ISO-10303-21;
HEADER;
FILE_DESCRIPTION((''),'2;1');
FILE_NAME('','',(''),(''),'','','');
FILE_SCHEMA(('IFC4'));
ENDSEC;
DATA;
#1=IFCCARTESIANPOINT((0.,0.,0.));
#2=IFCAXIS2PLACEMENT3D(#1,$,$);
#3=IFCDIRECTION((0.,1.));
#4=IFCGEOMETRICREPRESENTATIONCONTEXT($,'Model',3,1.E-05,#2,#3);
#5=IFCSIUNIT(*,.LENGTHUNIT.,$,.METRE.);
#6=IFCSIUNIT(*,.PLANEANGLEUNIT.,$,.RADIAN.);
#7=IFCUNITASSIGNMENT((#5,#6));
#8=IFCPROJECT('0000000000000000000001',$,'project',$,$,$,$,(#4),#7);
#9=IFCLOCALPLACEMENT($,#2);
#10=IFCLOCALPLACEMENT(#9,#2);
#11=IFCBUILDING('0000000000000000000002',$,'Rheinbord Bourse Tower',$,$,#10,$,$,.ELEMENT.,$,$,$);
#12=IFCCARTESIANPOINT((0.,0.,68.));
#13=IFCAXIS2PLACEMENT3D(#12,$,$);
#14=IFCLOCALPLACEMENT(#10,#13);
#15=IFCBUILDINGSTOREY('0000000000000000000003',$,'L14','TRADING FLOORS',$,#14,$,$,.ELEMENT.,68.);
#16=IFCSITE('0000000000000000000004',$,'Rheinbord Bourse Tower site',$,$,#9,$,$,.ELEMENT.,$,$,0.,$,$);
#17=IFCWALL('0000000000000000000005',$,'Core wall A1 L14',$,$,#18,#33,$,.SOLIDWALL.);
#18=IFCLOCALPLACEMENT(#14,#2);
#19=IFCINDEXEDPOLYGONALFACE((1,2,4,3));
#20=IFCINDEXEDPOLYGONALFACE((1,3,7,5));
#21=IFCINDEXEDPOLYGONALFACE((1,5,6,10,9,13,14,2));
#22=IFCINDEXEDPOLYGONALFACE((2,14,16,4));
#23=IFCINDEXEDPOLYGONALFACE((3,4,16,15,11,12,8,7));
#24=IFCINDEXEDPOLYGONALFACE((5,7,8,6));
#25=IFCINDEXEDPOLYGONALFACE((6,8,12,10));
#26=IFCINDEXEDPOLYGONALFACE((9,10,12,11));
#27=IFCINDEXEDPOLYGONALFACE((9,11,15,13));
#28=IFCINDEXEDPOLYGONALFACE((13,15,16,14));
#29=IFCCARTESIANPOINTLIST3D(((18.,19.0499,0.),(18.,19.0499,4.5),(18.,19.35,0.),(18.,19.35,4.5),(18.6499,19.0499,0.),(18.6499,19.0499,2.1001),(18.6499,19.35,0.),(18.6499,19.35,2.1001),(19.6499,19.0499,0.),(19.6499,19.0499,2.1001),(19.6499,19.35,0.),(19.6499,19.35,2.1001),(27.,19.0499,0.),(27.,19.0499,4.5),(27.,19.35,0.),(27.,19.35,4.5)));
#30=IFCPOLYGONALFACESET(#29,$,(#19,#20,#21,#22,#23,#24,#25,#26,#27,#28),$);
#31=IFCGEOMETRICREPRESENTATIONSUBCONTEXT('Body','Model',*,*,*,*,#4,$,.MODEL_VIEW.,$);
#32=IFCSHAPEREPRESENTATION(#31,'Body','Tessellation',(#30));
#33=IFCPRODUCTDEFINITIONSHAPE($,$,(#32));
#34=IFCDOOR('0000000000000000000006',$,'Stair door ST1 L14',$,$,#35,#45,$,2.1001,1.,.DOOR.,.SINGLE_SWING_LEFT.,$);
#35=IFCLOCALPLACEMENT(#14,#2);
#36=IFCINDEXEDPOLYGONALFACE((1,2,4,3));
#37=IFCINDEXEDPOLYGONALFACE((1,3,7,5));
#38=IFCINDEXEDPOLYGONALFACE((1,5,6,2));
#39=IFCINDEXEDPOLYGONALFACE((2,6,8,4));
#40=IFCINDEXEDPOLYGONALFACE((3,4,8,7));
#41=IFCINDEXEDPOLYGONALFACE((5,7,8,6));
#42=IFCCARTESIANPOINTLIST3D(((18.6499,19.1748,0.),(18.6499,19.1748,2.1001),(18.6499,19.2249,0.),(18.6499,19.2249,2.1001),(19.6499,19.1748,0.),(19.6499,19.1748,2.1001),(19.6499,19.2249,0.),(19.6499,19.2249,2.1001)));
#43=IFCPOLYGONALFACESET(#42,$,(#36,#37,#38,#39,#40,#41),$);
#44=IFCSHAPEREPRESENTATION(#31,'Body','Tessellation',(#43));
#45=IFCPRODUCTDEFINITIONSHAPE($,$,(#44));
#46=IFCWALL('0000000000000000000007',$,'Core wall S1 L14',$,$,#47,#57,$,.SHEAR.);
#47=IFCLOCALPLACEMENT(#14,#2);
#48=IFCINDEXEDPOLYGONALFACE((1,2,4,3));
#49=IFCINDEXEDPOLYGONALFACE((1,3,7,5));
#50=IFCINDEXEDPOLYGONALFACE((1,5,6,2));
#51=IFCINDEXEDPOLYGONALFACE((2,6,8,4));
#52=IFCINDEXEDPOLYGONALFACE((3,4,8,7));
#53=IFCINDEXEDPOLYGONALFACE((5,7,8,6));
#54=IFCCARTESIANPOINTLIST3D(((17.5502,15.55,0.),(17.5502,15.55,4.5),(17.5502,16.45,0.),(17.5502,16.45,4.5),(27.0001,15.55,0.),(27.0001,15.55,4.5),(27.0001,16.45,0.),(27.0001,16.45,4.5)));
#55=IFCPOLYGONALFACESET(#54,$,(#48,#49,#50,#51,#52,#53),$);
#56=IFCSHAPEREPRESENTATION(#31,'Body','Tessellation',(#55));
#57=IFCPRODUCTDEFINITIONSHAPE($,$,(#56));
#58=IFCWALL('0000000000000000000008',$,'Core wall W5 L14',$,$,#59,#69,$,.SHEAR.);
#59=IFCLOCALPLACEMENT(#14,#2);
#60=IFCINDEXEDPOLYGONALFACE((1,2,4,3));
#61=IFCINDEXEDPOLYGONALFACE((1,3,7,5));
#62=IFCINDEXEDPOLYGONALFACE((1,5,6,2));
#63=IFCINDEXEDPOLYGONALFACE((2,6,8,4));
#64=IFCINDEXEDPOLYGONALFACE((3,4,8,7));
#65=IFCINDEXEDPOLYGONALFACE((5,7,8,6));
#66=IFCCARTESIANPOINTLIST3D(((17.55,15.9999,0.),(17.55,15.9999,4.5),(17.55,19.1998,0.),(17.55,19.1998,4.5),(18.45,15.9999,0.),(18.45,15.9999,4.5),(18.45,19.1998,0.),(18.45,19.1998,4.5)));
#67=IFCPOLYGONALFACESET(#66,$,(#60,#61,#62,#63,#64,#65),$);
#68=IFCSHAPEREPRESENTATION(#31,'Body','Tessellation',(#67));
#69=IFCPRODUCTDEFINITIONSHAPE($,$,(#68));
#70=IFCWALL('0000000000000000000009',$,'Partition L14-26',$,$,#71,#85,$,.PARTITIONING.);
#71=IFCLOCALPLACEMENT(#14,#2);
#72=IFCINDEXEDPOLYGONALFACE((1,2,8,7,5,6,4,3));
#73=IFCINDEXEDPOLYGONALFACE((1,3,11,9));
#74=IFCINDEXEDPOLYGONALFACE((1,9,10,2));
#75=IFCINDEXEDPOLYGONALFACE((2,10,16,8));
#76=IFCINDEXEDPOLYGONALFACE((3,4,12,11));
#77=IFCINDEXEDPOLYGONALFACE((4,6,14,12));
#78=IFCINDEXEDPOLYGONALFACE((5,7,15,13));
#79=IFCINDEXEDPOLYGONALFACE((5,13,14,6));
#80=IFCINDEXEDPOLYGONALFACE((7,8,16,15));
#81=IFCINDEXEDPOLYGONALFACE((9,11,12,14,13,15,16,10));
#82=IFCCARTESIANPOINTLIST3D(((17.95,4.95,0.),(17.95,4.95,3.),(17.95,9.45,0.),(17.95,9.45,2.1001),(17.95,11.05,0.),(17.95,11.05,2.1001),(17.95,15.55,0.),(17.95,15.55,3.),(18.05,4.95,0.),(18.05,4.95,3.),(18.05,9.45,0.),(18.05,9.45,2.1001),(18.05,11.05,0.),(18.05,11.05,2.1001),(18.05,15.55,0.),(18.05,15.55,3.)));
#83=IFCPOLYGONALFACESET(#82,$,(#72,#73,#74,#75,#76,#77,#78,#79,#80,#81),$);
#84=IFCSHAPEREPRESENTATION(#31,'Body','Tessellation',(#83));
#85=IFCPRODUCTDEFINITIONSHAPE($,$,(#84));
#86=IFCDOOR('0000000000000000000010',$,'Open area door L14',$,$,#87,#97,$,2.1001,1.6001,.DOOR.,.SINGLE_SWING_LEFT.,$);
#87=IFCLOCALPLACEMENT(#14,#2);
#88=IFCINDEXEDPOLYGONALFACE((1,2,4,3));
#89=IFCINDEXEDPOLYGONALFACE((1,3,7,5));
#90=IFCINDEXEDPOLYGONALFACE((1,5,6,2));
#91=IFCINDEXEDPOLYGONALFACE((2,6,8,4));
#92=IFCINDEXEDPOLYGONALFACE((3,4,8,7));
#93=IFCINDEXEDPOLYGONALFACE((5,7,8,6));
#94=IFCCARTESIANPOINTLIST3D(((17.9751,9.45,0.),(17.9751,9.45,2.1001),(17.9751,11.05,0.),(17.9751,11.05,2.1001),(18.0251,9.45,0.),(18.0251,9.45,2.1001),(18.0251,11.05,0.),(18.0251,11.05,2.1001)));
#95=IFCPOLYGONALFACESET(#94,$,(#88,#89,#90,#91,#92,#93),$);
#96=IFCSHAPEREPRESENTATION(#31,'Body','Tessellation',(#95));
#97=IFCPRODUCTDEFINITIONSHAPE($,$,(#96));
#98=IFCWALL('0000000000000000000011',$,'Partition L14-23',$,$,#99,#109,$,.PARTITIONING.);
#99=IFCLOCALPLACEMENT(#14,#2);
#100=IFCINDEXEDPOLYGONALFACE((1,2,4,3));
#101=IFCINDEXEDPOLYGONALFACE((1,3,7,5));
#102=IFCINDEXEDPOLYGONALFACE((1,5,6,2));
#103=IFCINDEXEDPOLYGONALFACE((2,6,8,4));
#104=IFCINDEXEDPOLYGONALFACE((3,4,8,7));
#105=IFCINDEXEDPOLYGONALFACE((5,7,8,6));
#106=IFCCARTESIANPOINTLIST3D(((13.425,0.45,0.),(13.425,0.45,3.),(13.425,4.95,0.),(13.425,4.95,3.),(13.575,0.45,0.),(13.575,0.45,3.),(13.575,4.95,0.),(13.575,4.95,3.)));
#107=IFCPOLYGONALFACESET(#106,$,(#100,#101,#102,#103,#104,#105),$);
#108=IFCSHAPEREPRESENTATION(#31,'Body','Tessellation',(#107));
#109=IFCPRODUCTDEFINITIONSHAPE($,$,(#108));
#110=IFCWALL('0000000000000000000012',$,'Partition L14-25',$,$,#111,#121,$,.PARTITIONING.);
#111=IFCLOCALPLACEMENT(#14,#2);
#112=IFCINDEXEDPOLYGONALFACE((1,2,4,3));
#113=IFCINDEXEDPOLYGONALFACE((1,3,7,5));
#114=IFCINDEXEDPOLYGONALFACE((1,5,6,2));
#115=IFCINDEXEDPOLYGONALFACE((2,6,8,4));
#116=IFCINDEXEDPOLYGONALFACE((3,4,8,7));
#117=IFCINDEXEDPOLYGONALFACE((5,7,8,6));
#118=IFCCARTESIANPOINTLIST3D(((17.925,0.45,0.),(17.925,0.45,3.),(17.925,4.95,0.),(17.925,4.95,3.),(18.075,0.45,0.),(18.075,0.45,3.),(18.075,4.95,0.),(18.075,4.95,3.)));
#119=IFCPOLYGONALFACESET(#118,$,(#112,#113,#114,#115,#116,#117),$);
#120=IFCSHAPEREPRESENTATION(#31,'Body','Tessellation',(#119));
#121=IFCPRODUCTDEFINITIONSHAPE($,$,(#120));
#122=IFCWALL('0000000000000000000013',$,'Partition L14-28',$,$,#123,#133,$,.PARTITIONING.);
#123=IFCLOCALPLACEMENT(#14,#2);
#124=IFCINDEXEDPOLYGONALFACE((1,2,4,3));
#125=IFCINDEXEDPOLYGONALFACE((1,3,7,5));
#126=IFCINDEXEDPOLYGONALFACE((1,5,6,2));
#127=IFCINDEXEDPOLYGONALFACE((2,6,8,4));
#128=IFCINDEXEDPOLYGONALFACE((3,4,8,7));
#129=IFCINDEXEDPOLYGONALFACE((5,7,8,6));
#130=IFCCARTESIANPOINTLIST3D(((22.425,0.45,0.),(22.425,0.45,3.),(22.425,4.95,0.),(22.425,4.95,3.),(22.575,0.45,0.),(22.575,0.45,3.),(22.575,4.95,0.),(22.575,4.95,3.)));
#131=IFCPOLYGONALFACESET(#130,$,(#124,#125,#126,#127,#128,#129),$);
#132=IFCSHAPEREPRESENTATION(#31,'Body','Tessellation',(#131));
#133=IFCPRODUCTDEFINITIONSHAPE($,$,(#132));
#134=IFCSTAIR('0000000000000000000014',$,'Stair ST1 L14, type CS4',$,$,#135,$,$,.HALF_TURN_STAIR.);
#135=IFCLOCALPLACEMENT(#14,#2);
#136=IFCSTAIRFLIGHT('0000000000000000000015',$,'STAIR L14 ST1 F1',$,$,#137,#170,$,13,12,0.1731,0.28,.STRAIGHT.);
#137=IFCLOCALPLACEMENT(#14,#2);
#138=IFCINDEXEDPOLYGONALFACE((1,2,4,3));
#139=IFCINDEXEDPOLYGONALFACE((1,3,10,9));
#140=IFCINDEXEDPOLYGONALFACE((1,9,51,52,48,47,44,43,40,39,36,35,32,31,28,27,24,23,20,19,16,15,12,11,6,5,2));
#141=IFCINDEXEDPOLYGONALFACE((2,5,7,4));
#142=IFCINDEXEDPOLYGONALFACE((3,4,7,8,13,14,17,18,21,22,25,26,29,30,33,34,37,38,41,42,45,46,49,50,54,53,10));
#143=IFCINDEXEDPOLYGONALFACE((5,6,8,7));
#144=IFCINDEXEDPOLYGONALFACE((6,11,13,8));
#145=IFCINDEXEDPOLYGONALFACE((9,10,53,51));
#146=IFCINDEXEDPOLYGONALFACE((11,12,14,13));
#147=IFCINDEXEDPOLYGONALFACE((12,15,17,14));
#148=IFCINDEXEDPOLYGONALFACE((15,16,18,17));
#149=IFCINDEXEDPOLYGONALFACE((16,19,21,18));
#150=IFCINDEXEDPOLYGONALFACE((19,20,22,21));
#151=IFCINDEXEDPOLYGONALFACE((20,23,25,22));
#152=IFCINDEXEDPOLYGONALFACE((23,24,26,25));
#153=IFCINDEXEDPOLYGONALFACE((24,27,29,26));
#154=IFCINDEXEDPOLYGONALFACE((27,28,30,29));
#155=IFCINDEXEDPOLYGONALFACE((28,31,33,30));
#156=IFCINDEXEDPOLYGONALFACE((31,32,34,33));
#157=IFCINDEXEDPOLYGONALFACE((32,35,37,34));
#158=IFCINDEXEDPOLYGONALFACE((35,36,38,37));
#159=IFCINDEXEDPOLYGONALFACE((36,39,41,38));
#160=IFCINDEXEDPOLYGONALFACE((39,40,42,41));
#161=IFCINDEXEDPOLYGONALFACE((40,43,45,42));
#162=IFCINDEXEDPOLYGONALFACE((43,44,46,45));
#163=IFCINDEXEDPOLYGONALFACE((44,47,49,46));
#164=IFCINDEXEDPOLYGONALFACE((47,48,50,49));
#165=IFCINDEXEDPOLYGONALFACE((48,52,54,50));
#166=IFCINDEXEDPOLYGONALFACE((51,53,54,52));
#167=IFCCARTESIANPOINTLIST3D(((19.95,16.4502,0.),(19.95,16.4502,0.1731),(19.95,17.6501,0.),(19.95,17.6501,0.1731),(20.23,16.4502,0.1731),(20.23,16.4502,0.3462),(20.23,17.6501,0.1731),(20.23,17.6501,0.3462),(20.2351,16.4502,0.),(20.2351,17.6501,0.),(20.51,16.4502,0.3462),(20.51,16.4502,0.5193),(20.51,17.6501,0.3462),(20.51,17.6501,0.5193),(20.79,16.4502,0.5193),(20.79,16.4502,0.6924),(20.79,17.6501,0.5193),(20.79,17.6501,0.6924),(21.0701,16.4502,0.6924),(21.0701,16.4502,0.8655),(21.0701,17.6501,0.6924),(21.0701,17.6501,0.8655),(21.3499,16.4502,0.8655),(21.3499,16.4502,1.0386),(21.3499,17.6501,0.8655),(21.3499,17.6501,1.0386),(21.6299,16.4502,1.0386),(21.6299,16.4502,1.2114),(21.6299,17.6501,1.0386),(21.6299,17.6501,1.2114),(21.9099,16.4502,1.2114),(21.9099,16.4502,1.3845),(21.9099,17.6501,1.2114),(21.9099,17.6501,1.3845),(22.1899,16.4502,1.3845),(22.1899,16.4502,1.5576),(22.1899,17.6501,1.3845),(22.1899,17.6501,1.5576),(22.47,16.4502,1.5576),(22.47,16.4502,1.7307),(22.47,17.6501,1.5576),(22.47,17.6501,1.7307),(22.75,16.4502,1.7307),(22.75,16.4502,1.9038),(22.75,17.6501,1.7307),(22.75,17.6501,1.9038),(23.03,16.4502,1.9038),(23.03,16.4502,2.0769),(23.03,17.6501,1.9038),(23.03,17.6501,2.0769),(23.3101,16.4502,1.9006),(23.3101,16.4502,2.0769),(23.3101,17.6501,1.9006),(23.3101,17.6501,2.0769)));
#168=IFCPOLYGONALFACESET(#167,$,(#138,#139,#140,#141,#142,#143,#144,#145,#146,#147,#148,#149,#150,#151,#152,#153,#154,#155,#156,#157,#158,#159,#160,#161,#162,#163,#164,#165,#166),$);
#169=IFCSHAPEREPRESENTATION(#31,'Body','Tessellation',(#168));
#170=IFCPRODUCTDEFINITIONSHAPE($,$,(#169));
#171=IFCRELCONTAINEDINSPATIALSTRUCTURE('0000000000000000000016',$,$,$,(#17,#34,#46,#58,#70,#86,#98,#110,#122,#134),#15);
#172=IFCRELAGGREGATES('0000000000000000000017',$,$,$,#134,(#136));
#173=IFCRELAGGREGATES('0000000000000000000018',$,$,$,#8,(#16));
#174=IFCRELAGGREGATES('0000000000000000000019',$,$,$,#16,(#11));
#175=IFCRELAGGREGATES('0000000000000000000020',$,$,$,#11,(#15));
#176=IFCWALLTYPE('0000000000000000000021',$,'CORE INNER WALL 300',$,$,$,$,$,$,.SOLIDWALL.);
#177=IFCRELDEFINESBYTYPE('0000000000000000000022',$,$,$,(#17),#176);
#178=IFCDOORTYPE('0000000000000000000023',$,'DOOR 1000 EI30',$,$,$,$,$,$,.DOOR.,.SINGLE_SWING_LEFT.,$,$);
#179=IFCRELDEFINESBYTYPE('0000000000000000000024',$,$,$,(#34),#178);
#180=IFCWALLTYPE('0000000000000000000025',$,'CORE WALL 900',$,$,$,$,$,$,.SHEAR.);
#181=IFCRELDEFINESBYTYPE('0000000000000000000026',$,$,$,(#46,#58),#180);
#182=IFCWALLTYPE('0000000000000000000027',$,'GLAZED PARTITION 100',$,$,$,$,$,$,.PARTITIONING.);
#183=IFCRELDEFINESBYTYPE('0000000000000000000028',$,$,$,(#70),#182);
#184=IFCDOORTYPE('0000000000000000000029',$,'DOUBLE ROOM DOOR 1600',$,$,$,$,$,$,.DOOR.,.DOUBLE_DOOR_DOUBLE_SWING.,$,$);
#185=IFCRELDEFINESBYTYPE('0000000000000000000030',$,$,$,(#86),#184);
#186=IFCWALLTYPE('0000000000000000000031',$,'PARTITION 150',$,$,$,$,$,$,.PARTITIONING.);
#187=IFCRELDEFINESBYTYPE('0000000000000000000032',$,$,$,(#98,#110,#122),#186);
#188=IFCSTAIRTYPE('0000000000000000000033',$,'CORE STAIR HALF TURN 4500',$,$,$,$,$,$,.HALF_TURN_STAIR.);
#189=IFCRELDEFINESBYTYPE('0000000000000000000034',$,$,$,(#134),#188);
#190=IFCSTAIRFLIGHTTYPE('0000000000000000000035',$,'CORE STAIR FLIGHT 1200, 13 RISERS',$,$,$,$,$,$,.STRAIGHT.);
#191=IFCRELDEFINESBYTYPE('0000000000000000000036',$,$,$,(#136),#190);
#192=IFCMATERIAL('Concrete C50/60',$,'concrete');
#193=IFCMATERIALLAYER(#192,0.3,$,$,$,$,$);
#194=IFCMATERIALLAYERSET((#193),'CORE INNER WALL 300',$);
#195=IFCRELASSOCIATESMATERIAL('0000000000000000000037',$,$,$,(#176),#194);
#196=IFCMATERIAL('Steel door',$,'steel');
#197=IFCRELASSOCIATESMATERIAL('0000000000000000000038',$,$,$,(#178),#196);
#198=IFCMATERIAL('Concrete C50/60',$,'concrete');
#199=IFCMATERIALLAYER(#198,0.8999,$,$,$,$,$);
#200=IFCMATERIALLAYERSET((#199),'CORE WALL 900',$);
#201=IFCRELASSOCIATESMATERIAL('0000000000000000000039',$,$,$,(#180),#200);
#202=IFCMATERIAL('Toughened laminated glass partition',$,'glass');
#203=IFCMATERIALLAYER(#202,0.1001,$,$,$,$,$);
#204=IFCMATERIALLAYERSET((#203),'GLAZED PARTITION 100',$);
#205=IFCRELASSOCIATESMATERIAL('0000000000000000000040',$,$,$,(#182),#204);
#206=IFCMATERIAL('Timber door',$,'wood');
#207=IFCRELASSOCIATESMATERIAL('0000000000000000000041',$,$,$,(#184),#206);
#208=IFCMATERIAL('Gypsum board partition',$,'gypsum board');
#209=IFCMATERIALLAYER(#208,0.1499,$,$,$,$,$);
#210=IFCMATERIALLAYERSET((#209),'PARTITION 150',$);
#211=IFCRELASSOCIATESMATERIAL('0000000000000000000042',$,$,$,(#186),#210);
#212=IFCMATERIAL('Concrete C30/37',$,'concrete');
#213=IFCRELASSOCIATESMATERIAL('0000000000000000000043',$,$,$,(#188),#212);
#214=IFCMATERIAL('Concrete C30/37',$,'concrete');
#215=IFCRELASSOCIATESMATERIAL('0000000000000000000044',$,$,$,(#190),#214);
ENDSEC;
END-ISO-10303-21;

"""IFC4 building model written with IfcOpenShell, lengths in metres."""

from ifc_helpers import new_model, si_unit, direction, frame, frame_2d, origin, place, context, subcontext, project, spatial, polyline, rectangle, outline, extrude, material, layer, layer_set, type_object, element, fill, aggregate, save


model = new_model("IFC4")

# Units and contexts
model_context = context("Model", 3, precision=1e-05, world=origin(), true_north=direction((0.0, 1.0)))
body_context = subcontext(model_context, "Body", "Model", "MODEL_VIEW")
ifc_project = project(units=[si_unit("LENGTHUNIT", "METRE"), si_unit("PLANEANGLEUNIT", "RADIAN")], contexts=[model_context])

# Site, building, storey
site_placement = place(None, origin())
site = spatial("IfcSite", under=ifc_project, at=site_placement, Name="Rheinbord Bourse Tower site", CompositionType="ELEMENT", RefElevation=0.0)
building_placement = place(site_placement, origin())
building = spatial("IfcBuilding", under=site, at=building_placement, Name="Rheinbord Bourse Tower", CompositionType="ELEMENT")
storey_placement = place(building_placement, frame((0.0, 0.0, 68.0)))
storey = spatial("IfcBuildingStorey", under=building, at=storey_placement, Name="L14", Description="TRADING FLOORS", CompositionType="ELEMENT", Elevation=68.0)

# Wall, opening, door
ifc_material_1 = material(Name="Concrete C50/60", Category="concrete")
ifc_layer_1 = layer(ifc_material_1, 0.3)
ifc_layer_set_1 = layer_set([ifc_layer_1], Name="CORE INNER WALL 300")
wall_type_1 = type_object("IfcWallType", Name="CORE INNER WALL 300", PredefinedType="SOLIDWALL", material=ifc_layer_set_1)
wall_1_placement = place(storey_placement, frame((18.0, 19.2, 0.0), z_axis=(0.0, 0.0, 1.0), x_axis=(1.0, 0.0, 0.0)))
wall_1 = element("IfcWall", 1, at=wall_1_placement, inside=storey, type_object=wall_type_1, Name="Core wall A1 L14", PredefinedType="SOLIDWALL", context=body_context, shape_type="SweptSolid", body=[
    extrude(rectangle(XDim=9.0, YDim=0.3, at=frame_2d((4.5, 0.0))), origin(), (0.0, 0.0, 1.0), 4.5),
])
opening_1_placement = place(wall_1_placement, frame((0.6499, 0.0, 0.0)))
opening_1 = element("IfcOpeningElement", 2, at=opening_1_placement, cuts=wall_1, PredefinedType="OPENING", context=body_context, shape_type="SweptSolid", body=[
    extrude(rectangle(XDim=1.0, YDim=2.1001, at=frame_2d((0.5, 1.05))), frame((0.0, 0.1599, 0.0), z_axis=(0.0, -1.0, 0.0), x_axis=(1.0, 0.0, 0.0)), (0.0, 0.0, 1.0), 0.3201),
])
ifc_material_2 = material(Name="Steel door", Category="steel")
door_type_1 = type_object("IfcDoorType", Name="DOOR 1000 EI30", OperationType="SINGLE_SWING_LEFT", PredefinedType="DOOR", material=ifc_material_2)
door_1_placement = place(opening_1_placement, origin())
door_1 = element("IfcDoor", 3, at=door_1_placement, inside=storey, type_object=door_type_1, Name="Stair door ST1 L14", OperationType="SINGLE_SWING_LEFT", OverallHeight=2.1001, OverallWidth=1.0, PredefinedType="DOOR", context=body_context, shape_type="SweptSolid", body=[
    extrude(rectangle(XDim=1.0, YDim=2.1001, at=frame_2d((0.5, 1.05))), frame((0.0, 0.0249, 0.0), z_axis=(0.0, -1.0, 0.0), x_axis=(1.0, 0.0, 0.0)), (0.0, 0.0, 1.0), 0.05),
])
fill(opening_1, door_1)

# Walls
ifc_material_3 = material(Name="Concrete C50/60", Category="concrete")
ifc_layer_2 = layer(ifc_material_3, 0.8999)
ifc_layer_set_2 = layer_set([ifc_layer_2], Name="CORE WALL 900")
wall_type_2 = type_object("IfcWallType", Name="CORE WALL 900", PredefinedType="SHEAR", material=ifc_layer_set_2)
wall_2_placement = place(storey_placement, frame((17.55, 16.0, 0.0), z_axis=(0.0, 0.0, 1.0), x_axis=(1.0, 0.0, 0.0)))
element("IfcWall", 4, at=wall_2_placement, inside=storey, type_object=wall_type_2, Name="Core wall S1 L14", PredefinedType="SHEAR", context=body_context, shape_type="SweptSolid", body=[
    extrude(rectangle(XDim=9.45, YDim=0.8999, at=frame_2d((4.7251, 0.0))), origin(), (0.0, 0.0, 1.0), 4.5),
])
wall_3_placement = place(storey_placement, frame((18.0, 19.2, 0.0), z_axis=(0.0, 0.0, 1.0), x_axis=(0.0, -1.0, 0.0)))
element("IfcWall", 5, at=wall_3_placement, inside=storey, type_object=wall_type_2, Name="Core wall W5 L14", PredefinedType="SHEAR", context=body_context, shape_type="SweptSolid", body=[
    extrude(rectangle(XDim=3.2, YDim=0.8999, at=frame_2d((1.6001, 0.0))), origin(), (0.0, 0.0, 1.0), 4.5),
])

# Wall, opening, door
ifc_material_4 = material(Name="Toughened laminated glass partition", Category="glass")
ifc_layer_3 = layer(ifc_material_4, 0.1001)
ifc_layer_set_3 = layer_set([ifc_layer_3], Name="GLAZED PARTITION 100")
wall_type_3 = type_object("IfcWallType", Name="GLAZED PARTITION 100", PredefinedType="PARTITIONING", material=ifc_layer_set_3)
wall_4_placement = place(storey_placement, frame((18.0, 4.95, 0.0), z_axis=(0.0, 0.0, 1.0), x_axis=(0.0, 1.0, 0.0)))
wall_4 = element("IfcWall", 6, at=wall_4_placement, inside=storey, type_object=wall_type_3, Name="Partition L14-26", PredefinedType="PARTITIONING", context=body_context, shape_type="SweptSolid", body=[
    extrude(rectangle(XDim=10.6001, YDim=0.1001, at=frame_2d((5.3, 0.0))), origin(), (0.0, 0.0, 1.0), 3.0),
])
opening_2_placement = place(wall_4_placement, frame((4.5, 0.0, 0.0)))
opening_2 = element("IfcOpeningElement", 7, at=opening_2_placement, cuts=wall_4, PredefinedType="OPENING", context=body_context, shape_type="SweptSolid", body=[
    extrude(rectangle(XDim=1.6001, YDim=2.1001, at=frame_2d((0.8, 1.05))), frame((0.0, 0.0601, 0.0), z_axis=(0.0, -1.0, 0.0), x_axis=(1.0, 0.0, 0.0)), (0.0, 0.0, 1.0), 0.1201),
])
ifc_material_5 = material(Name="Timber door", Category="wood")
door_type_2 = type_object("IfcDoorType", Name="DOUBLE ROOM DOOR 1600", OperationType="DOUBLE_DOOR_DOUBLE_SWING", PredefinedType="DOOR", material=ifc_material_5)
door_2_placement = place(opening_2_placement, origin())
door_2 = element("IfcDoor", 8, at=door_2_placement, inside=storey, type_object=door_type_2, Name="Open area door L14", OperationType="SINGLE_SWING_LEFT", OverallHeight=2.1001, OverallWidth=1.6001, PredefinedType="DOOR", context=body_context, shape_type="SweptSolid", body=[
    extrude(rectangle(XDim=1.6001, YDim=2.1001, at=frame_2d((0.8, 1.05))), frame((0.0, 0.0249, 0.0), z_axis=(0.0, -1.0, 0.0), x_axis=(1.0, 0.0, 0.0)), (0.0, 0.0, 1.0), 0.05),
])
fill(opening_2, door_2)

# Walls
ifc_material_6 = material(Name="Gypsum board partition", Category="gypsum board")
ifc_layer_4 = layer(ifc_material_6, 0.1499)
ifc_layer_set_4 = layer_set([ifc_layer_4], Name="PARTITION 150")
wall_type_4 = type_object("IfcWallType", Name="PARTITION 150", PredefinedType="PARTITIONING", material=ifc_layer_set_4)
for number, where, z_axis, x_axis, name in (
    (9, (13.5, 0.45, 0.0), (0.0, 0.0, 1.0), (0.0, 1.0, 0.0), "Partition L14-23"),
    (10, (18.0, 0.45, 0.0), (0.0, 0.0, 1.0), (0.0, 1.0, 0.0), "Partition L14-25"),
    (11, (22.5, 0.45, 0.0), (0.0, 0.0, 1.0), (0.0, 1.0, 0.0), "Partition L14-28"),
):
    element("IfcWall", number, at=place(storey_placement, frame(where, z_axis=z_axis, x_axis=x_axis)), inside=storey, type_object=wall_type_4, Name=name, PredefinedType="PARTITIONING", context=body_context, shape_type="SweptSolid", body=[
        extrude(rectangle(XDim=4.5, YDim=0.1499, at=frame_2d((2.25, 0.0))), origin(), (0.0, 0.0, 1.0), 3.0),
    ])

# Stair, stair flight
ifc_material_7 = material(Name="Concrete C30/37", Category="concrete")
stair_type = type_object("IfcStairType", Name="CORE STAIR HALF TURN 4500", PredefinedType="HALF_TURN_STAIR", material=ifc_material_7)
stair_placement = place(storey_placement, origin())
stair = element("IfcStair", 12, at=stair_placement, inside=storey, type_object=stair_type, Name="Stair ST1 L14, type CS4", PredefinedType="HALF_TURN_STAIR")
ifc_material_8 = material(Name="Concrete C30/37", Category="concrete")
stair_flight_type = type_object("IfcStairFlightType", Name="CORE STAIR FLIGHT 1200, 13 RISERS", PredefinedType="STRAIGHT", material=ifc_material_8)
stair_flight_1_placement = place(storey_placement, frame((19.95, 17.05, 0.0), z_axis=(0.0, 0.0, 1.0), x_axis=(1.0, 0.0, 0.0)))
stair_flight_1 = element("IfcStairFlight", 13, at=stair_flight_1_placement, type_object=stair_flight_type, Name="STAIR L14 ST1 F1", NumberOfRisers=13, NumberOfTreads=12, PredefinedType="STRAIGHT", RiserHeight=0.1731, TreadLength=0.28, context=body_context, shape_type="SweptSolid", body=[
    extrude(outline(polyline([(0.0, 0.0), (0.0, 0.1731), (0.28, 0.1731), (0.28, 0.3462), (0.5601, 0.3462), (0.5601, 0.5193), (0.8401, 0.5193), (0.8401, 0.6924), (1.1201, 0.6924), (1.1201, 0.8655), (1.3999, 0.8655), (1.3999, 1.0386), (1.6799, 1.0386), (1.6799, 1.2114), (1.96, 1.2114), (1.96, 1.3845), (2.24, 1.3845), (2.24, 1.5576), (2.52, 1.5576), (2.52, 1.7307), (2.8, 1.7307), (2.8, 1.9038), (3.0801, 1.9038), (3.0801, 2.0769), (3.3601, 2.0769), (3.3601, 2.25), (3.3601, 1.9006), (0.2852, 0.0), (0.0, 0.0)])), frame((0.0, 0.6001, 0.0), z_axis=(0.0, -1.0, 0.0), x_axis=(1.0, 0.0, 0.0)), (0.0, 0.0, 1.0), 1.2),
])
aggregate(stair, [stair_flight_1])

save(model, "model.ifc")
